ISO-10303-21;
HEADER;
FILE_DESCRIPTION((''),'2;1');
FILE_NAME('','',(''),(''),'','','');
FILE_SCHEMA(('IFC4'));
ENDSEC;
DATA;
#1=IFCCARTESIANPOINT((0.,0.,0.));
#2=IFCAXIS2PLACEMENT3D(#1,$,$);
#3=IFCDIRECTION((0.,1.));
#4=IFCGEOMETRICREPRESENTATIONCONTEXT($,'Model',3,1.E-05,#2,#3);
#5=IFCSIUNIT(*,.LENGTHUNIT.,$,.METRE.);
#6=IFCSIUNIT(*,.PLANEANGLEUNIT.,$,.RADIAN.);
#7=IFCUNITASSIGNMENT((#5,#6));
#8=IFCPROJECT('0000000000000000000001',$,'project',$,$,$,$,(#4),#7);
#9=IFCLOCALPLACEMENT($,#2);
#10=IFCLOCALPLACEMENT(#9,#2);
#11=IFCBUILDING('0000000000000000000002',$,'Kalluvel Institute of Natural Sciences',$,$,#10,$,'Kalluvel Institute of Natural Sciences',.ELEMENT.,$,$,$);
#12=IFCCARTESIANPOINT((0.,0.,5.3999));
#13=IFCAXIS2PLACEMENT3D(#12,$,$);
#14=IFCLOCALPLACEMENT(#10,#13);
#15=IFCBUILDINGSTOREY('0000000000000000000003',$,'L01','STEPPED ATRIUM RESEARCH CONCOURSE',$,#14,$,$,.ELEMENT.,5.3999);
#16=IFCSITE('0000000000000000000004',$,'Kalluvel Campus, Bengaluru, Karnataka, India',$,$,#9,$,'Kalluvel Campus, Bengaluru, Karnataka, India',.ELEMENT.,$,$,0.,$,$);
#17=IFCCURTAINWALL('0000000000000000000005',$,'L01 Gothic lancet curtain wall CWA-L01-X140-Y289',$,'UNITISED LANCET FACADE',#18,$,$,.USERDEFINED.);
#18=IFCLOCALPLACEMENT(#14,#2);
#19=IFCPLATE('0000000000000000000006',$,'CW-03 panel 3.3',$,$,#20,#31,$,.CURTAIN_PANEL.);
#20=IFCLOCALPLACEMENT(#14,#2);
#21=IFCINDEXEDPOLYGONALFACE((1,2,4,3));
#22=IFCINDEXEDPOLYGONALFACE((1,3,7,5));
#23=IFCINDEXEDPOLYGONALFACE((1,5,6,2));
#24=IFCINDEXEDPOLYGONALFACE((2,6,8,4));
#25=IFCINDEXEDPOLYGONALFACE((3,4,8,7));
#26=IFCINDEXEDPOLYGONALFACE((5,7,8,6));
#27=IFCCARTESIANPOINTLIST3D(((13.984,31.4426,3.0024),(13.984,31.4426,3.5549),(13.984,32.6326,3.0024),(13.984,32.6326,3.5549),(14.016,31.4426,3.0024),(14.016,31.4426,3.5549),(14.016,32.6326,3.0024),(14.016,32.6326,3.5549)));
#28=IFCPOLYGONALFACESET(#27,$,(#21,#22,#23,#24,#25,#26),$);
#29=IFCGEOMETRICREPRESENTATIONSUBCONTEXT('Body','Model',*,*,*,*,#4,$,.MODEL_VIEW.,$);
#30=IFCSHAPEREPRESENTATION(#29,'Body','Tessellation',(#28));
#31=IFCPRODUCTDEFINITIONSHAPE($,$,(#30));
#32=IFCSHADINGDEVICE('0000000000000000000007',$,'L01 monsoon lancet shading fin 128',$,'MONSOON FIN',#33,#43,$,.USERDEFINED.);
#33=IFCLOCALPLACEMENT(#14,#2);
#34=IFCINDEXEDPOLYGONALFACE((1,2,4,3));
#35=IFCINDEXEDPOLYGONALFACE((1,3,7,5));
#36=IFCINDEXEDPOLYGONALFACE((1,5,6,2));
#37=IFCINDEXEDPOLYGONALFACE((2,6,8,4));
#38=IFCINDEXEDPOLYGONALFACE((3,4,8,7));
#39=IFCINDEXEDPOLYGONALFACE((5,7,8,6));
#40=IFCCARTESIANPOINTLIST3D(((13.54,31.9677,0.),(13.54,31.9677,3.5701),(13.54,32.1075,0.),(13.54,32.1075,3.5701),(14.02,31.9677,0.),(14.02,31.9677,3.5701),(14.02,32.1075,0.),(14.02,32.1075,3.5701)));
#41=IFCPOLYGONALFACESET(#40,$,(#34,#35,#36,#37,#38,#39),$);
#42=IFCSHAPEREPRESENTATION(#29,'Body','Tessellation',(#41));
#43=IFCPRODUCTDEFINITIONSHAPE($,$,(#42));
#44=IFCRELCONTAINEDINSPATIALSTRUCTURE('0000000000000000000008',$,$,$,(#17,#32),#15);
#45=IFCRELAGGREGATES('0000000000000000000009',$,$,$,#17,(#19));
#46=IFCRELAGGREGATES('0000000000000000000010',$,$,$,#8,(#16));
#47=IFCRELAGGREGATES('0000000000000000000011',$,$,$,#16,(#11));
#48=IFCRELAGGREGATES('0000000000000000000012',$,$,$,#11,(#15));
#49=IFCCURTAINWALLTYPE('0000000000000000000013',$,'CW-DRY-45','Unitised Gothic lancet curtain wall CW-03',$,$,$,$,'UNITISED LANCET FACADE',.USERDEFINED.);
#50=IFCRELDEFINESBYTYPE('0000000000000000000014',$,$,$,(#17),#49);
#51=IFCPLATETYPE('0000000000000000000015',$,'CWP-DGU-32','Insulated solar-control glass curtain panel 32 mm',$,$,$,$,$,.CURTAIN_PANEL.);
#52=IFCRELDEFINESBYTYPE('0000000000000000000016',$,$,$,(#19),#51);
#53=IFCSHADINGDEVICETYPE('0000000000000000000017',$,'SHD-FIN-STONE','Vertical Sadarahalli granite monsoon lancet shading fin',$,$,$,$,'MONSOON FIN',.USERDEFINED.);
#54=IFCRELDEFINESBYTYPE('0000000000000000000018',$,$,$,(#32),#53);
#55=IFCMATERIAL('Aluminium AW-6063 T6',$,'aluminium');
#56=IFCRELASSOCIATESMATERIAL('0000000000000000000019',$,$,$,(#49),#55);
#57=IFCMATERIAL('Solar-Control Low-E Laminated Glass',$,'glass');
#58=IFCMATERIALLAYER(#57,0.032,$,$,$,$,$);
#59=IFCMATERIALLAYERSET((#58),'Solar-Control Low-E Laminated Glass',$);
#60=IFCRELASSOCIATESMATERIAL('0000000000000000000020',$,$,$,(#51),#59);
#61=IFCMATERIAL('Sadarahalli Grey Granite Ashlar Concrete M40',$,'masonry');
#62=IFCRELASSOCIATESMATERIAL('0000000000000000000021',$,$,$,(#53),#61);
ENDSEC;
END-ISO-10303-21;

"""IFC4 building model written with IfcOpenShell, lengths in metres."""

from ifc_helpers import new_model, si_unit, direction, frame, origin, origin_2d, place, context, subcontext, project, spatial, rectangle, extrude, material, layer, layer_set, type_object, element, aggregate, save


model = new_model("IFC4")

# Units and contexts
model_context = context("Model", 3, precision=1e-05, world=origin(), true_north=direction((0.0, 1.0)))
body_context = subcontext(model_context, "Body", "Model", "MODEL_VIEW")
ifc_project = project(units=[si_unit("LENGTHUNIT", "METRE"), si_unit("PLANEANGLEUNIT", "RADIAN")], contexts=[model_context])

# Site, building, storey
site_placement = place(None, origin())
site = spatial("IfcSite", under=ifc_project, at=site_placement, Name="Kalluvel Campus, Bengaluru, Karnataka, India", LongName="Kalluvel Campus, Bengaluru, Karnataka, India", CompositionType="ELEMENT", RefElevation=0.0)
building_placement = place(site_placement, origin())
building = spatial("IfcBuilding", under=site, at=building_placement, Name="Kalluvel Institute of Natural Sciences", LongName="Kalluvel Institute of Natural Sciences", CompositionType="ELEMENT")
storey_placement = place(building_placement, frame((0.0, 0.0, 5.3999)))
storey = spatial("IfcBuildingStorey", under=building, at=storey_placement, Name="L01", Description="STEPPED ATRIUM RESEARCH CONCOURSE", CompositionType="ELEMENT", Elevation=5.3999)

# Curtain wall, plate
ifc_material_1 = material(Name="Aluminium AW-6063 T6", Category="aluminium")
curtain_wall_type = type_object("IfcCurtainWallType", Name="CW-DRY-45", Description="Unitised Gothic lancet curtain wall CW-03", ElementType="UNITISED LANCET FACADE", PredefinedType="USERDEFINED", material=ifc_material_1)
curtain_wall_placement = place(storey_placement, origin())
curtain_wall = element("IfcCurtainWall", 1, at=curtain_wall_placement, inside=storey, type_object=curtain_wall_type, Name="L01 Gothic lancet curtain wall CWA-L01-X140-Y289", ObjectType="UNITISED LANCET FACADE", PredefinedType="USERDEFINED")
ifc_material_2 = material(Name="Solar-Control Low-E Laminated Glass", Category="glass")
ifc_layer = layer(ifc_material_2, 0.032)
ifc_layer_set = layer_set([ifc_layer], Name="Solar-Control Low-E Laminated Glass")
plate_type = type_object("IfcPlateType", Name="CWP-DGU-32", Description="Insulated solar-control glass curtain panel 32 mm", PredefinedType="CURTAIN_PANEL", material=ifc_layer_set)
plate_1_placement = place(storey_placement, frame((14.0, 32.0376, 3.0024), z_axis=(0.0, 0.0, 1.0), x_axis=(0.0, 1.0, 0.0)))
plate_1 = element("IfcPlate", 2, at=plate_1_placement, type_object=plate_type, Name="CW-03 panel 3.3", PredefinedType="CURTAIN_PANEL", context=body_context, shape_type="SweptSolid", body=[
    extrude(rectangle(XDim=1.1899, YDim=0.032, at=origin_2d()), origin(), (0.0, 0.0, 1.0), 0.5525),
])
aggregate(curtain_wall, [plate_1])

# Shading device
ifc_material_3 = material(Name="Sadarahalli Grey Granite Ashlar Concrete M40", Category="masonry")
shading_device_type = type_object("IfcShadingDeviceType", Name="SHD-FIN-STONE", Description="Vertical Sadarahalli granite monsoon lancet shading fin", ElementType="MONSOON FIN", PredefinedType="USERDEFINED", material=ifc_material_3)
shading_device_placement = place(storey_placement, frame((13.78, 32.0376, 0.0), z_axis=(0.0, 0.0, 1.0), x_axis=(0.0, 1.0, 0.0)))
element("IfcShadingDevice", 3, at=shading_device_placement, inside=storey, type_object=shading_device_type, Name="L01 monsoon lancet shading fin 128", ObjectType="MONSOON FIN", PredefinedType="USERDEFINED", context=body_context, shape_type="SweptSolid", body=[
    extrude(rectangle(XDim=0.1399, YDim=0.48, at=origin_2d()), origin(), (0.0, 0.0, 1.0), 3.5701),
])

save(model, "model.ifc")
